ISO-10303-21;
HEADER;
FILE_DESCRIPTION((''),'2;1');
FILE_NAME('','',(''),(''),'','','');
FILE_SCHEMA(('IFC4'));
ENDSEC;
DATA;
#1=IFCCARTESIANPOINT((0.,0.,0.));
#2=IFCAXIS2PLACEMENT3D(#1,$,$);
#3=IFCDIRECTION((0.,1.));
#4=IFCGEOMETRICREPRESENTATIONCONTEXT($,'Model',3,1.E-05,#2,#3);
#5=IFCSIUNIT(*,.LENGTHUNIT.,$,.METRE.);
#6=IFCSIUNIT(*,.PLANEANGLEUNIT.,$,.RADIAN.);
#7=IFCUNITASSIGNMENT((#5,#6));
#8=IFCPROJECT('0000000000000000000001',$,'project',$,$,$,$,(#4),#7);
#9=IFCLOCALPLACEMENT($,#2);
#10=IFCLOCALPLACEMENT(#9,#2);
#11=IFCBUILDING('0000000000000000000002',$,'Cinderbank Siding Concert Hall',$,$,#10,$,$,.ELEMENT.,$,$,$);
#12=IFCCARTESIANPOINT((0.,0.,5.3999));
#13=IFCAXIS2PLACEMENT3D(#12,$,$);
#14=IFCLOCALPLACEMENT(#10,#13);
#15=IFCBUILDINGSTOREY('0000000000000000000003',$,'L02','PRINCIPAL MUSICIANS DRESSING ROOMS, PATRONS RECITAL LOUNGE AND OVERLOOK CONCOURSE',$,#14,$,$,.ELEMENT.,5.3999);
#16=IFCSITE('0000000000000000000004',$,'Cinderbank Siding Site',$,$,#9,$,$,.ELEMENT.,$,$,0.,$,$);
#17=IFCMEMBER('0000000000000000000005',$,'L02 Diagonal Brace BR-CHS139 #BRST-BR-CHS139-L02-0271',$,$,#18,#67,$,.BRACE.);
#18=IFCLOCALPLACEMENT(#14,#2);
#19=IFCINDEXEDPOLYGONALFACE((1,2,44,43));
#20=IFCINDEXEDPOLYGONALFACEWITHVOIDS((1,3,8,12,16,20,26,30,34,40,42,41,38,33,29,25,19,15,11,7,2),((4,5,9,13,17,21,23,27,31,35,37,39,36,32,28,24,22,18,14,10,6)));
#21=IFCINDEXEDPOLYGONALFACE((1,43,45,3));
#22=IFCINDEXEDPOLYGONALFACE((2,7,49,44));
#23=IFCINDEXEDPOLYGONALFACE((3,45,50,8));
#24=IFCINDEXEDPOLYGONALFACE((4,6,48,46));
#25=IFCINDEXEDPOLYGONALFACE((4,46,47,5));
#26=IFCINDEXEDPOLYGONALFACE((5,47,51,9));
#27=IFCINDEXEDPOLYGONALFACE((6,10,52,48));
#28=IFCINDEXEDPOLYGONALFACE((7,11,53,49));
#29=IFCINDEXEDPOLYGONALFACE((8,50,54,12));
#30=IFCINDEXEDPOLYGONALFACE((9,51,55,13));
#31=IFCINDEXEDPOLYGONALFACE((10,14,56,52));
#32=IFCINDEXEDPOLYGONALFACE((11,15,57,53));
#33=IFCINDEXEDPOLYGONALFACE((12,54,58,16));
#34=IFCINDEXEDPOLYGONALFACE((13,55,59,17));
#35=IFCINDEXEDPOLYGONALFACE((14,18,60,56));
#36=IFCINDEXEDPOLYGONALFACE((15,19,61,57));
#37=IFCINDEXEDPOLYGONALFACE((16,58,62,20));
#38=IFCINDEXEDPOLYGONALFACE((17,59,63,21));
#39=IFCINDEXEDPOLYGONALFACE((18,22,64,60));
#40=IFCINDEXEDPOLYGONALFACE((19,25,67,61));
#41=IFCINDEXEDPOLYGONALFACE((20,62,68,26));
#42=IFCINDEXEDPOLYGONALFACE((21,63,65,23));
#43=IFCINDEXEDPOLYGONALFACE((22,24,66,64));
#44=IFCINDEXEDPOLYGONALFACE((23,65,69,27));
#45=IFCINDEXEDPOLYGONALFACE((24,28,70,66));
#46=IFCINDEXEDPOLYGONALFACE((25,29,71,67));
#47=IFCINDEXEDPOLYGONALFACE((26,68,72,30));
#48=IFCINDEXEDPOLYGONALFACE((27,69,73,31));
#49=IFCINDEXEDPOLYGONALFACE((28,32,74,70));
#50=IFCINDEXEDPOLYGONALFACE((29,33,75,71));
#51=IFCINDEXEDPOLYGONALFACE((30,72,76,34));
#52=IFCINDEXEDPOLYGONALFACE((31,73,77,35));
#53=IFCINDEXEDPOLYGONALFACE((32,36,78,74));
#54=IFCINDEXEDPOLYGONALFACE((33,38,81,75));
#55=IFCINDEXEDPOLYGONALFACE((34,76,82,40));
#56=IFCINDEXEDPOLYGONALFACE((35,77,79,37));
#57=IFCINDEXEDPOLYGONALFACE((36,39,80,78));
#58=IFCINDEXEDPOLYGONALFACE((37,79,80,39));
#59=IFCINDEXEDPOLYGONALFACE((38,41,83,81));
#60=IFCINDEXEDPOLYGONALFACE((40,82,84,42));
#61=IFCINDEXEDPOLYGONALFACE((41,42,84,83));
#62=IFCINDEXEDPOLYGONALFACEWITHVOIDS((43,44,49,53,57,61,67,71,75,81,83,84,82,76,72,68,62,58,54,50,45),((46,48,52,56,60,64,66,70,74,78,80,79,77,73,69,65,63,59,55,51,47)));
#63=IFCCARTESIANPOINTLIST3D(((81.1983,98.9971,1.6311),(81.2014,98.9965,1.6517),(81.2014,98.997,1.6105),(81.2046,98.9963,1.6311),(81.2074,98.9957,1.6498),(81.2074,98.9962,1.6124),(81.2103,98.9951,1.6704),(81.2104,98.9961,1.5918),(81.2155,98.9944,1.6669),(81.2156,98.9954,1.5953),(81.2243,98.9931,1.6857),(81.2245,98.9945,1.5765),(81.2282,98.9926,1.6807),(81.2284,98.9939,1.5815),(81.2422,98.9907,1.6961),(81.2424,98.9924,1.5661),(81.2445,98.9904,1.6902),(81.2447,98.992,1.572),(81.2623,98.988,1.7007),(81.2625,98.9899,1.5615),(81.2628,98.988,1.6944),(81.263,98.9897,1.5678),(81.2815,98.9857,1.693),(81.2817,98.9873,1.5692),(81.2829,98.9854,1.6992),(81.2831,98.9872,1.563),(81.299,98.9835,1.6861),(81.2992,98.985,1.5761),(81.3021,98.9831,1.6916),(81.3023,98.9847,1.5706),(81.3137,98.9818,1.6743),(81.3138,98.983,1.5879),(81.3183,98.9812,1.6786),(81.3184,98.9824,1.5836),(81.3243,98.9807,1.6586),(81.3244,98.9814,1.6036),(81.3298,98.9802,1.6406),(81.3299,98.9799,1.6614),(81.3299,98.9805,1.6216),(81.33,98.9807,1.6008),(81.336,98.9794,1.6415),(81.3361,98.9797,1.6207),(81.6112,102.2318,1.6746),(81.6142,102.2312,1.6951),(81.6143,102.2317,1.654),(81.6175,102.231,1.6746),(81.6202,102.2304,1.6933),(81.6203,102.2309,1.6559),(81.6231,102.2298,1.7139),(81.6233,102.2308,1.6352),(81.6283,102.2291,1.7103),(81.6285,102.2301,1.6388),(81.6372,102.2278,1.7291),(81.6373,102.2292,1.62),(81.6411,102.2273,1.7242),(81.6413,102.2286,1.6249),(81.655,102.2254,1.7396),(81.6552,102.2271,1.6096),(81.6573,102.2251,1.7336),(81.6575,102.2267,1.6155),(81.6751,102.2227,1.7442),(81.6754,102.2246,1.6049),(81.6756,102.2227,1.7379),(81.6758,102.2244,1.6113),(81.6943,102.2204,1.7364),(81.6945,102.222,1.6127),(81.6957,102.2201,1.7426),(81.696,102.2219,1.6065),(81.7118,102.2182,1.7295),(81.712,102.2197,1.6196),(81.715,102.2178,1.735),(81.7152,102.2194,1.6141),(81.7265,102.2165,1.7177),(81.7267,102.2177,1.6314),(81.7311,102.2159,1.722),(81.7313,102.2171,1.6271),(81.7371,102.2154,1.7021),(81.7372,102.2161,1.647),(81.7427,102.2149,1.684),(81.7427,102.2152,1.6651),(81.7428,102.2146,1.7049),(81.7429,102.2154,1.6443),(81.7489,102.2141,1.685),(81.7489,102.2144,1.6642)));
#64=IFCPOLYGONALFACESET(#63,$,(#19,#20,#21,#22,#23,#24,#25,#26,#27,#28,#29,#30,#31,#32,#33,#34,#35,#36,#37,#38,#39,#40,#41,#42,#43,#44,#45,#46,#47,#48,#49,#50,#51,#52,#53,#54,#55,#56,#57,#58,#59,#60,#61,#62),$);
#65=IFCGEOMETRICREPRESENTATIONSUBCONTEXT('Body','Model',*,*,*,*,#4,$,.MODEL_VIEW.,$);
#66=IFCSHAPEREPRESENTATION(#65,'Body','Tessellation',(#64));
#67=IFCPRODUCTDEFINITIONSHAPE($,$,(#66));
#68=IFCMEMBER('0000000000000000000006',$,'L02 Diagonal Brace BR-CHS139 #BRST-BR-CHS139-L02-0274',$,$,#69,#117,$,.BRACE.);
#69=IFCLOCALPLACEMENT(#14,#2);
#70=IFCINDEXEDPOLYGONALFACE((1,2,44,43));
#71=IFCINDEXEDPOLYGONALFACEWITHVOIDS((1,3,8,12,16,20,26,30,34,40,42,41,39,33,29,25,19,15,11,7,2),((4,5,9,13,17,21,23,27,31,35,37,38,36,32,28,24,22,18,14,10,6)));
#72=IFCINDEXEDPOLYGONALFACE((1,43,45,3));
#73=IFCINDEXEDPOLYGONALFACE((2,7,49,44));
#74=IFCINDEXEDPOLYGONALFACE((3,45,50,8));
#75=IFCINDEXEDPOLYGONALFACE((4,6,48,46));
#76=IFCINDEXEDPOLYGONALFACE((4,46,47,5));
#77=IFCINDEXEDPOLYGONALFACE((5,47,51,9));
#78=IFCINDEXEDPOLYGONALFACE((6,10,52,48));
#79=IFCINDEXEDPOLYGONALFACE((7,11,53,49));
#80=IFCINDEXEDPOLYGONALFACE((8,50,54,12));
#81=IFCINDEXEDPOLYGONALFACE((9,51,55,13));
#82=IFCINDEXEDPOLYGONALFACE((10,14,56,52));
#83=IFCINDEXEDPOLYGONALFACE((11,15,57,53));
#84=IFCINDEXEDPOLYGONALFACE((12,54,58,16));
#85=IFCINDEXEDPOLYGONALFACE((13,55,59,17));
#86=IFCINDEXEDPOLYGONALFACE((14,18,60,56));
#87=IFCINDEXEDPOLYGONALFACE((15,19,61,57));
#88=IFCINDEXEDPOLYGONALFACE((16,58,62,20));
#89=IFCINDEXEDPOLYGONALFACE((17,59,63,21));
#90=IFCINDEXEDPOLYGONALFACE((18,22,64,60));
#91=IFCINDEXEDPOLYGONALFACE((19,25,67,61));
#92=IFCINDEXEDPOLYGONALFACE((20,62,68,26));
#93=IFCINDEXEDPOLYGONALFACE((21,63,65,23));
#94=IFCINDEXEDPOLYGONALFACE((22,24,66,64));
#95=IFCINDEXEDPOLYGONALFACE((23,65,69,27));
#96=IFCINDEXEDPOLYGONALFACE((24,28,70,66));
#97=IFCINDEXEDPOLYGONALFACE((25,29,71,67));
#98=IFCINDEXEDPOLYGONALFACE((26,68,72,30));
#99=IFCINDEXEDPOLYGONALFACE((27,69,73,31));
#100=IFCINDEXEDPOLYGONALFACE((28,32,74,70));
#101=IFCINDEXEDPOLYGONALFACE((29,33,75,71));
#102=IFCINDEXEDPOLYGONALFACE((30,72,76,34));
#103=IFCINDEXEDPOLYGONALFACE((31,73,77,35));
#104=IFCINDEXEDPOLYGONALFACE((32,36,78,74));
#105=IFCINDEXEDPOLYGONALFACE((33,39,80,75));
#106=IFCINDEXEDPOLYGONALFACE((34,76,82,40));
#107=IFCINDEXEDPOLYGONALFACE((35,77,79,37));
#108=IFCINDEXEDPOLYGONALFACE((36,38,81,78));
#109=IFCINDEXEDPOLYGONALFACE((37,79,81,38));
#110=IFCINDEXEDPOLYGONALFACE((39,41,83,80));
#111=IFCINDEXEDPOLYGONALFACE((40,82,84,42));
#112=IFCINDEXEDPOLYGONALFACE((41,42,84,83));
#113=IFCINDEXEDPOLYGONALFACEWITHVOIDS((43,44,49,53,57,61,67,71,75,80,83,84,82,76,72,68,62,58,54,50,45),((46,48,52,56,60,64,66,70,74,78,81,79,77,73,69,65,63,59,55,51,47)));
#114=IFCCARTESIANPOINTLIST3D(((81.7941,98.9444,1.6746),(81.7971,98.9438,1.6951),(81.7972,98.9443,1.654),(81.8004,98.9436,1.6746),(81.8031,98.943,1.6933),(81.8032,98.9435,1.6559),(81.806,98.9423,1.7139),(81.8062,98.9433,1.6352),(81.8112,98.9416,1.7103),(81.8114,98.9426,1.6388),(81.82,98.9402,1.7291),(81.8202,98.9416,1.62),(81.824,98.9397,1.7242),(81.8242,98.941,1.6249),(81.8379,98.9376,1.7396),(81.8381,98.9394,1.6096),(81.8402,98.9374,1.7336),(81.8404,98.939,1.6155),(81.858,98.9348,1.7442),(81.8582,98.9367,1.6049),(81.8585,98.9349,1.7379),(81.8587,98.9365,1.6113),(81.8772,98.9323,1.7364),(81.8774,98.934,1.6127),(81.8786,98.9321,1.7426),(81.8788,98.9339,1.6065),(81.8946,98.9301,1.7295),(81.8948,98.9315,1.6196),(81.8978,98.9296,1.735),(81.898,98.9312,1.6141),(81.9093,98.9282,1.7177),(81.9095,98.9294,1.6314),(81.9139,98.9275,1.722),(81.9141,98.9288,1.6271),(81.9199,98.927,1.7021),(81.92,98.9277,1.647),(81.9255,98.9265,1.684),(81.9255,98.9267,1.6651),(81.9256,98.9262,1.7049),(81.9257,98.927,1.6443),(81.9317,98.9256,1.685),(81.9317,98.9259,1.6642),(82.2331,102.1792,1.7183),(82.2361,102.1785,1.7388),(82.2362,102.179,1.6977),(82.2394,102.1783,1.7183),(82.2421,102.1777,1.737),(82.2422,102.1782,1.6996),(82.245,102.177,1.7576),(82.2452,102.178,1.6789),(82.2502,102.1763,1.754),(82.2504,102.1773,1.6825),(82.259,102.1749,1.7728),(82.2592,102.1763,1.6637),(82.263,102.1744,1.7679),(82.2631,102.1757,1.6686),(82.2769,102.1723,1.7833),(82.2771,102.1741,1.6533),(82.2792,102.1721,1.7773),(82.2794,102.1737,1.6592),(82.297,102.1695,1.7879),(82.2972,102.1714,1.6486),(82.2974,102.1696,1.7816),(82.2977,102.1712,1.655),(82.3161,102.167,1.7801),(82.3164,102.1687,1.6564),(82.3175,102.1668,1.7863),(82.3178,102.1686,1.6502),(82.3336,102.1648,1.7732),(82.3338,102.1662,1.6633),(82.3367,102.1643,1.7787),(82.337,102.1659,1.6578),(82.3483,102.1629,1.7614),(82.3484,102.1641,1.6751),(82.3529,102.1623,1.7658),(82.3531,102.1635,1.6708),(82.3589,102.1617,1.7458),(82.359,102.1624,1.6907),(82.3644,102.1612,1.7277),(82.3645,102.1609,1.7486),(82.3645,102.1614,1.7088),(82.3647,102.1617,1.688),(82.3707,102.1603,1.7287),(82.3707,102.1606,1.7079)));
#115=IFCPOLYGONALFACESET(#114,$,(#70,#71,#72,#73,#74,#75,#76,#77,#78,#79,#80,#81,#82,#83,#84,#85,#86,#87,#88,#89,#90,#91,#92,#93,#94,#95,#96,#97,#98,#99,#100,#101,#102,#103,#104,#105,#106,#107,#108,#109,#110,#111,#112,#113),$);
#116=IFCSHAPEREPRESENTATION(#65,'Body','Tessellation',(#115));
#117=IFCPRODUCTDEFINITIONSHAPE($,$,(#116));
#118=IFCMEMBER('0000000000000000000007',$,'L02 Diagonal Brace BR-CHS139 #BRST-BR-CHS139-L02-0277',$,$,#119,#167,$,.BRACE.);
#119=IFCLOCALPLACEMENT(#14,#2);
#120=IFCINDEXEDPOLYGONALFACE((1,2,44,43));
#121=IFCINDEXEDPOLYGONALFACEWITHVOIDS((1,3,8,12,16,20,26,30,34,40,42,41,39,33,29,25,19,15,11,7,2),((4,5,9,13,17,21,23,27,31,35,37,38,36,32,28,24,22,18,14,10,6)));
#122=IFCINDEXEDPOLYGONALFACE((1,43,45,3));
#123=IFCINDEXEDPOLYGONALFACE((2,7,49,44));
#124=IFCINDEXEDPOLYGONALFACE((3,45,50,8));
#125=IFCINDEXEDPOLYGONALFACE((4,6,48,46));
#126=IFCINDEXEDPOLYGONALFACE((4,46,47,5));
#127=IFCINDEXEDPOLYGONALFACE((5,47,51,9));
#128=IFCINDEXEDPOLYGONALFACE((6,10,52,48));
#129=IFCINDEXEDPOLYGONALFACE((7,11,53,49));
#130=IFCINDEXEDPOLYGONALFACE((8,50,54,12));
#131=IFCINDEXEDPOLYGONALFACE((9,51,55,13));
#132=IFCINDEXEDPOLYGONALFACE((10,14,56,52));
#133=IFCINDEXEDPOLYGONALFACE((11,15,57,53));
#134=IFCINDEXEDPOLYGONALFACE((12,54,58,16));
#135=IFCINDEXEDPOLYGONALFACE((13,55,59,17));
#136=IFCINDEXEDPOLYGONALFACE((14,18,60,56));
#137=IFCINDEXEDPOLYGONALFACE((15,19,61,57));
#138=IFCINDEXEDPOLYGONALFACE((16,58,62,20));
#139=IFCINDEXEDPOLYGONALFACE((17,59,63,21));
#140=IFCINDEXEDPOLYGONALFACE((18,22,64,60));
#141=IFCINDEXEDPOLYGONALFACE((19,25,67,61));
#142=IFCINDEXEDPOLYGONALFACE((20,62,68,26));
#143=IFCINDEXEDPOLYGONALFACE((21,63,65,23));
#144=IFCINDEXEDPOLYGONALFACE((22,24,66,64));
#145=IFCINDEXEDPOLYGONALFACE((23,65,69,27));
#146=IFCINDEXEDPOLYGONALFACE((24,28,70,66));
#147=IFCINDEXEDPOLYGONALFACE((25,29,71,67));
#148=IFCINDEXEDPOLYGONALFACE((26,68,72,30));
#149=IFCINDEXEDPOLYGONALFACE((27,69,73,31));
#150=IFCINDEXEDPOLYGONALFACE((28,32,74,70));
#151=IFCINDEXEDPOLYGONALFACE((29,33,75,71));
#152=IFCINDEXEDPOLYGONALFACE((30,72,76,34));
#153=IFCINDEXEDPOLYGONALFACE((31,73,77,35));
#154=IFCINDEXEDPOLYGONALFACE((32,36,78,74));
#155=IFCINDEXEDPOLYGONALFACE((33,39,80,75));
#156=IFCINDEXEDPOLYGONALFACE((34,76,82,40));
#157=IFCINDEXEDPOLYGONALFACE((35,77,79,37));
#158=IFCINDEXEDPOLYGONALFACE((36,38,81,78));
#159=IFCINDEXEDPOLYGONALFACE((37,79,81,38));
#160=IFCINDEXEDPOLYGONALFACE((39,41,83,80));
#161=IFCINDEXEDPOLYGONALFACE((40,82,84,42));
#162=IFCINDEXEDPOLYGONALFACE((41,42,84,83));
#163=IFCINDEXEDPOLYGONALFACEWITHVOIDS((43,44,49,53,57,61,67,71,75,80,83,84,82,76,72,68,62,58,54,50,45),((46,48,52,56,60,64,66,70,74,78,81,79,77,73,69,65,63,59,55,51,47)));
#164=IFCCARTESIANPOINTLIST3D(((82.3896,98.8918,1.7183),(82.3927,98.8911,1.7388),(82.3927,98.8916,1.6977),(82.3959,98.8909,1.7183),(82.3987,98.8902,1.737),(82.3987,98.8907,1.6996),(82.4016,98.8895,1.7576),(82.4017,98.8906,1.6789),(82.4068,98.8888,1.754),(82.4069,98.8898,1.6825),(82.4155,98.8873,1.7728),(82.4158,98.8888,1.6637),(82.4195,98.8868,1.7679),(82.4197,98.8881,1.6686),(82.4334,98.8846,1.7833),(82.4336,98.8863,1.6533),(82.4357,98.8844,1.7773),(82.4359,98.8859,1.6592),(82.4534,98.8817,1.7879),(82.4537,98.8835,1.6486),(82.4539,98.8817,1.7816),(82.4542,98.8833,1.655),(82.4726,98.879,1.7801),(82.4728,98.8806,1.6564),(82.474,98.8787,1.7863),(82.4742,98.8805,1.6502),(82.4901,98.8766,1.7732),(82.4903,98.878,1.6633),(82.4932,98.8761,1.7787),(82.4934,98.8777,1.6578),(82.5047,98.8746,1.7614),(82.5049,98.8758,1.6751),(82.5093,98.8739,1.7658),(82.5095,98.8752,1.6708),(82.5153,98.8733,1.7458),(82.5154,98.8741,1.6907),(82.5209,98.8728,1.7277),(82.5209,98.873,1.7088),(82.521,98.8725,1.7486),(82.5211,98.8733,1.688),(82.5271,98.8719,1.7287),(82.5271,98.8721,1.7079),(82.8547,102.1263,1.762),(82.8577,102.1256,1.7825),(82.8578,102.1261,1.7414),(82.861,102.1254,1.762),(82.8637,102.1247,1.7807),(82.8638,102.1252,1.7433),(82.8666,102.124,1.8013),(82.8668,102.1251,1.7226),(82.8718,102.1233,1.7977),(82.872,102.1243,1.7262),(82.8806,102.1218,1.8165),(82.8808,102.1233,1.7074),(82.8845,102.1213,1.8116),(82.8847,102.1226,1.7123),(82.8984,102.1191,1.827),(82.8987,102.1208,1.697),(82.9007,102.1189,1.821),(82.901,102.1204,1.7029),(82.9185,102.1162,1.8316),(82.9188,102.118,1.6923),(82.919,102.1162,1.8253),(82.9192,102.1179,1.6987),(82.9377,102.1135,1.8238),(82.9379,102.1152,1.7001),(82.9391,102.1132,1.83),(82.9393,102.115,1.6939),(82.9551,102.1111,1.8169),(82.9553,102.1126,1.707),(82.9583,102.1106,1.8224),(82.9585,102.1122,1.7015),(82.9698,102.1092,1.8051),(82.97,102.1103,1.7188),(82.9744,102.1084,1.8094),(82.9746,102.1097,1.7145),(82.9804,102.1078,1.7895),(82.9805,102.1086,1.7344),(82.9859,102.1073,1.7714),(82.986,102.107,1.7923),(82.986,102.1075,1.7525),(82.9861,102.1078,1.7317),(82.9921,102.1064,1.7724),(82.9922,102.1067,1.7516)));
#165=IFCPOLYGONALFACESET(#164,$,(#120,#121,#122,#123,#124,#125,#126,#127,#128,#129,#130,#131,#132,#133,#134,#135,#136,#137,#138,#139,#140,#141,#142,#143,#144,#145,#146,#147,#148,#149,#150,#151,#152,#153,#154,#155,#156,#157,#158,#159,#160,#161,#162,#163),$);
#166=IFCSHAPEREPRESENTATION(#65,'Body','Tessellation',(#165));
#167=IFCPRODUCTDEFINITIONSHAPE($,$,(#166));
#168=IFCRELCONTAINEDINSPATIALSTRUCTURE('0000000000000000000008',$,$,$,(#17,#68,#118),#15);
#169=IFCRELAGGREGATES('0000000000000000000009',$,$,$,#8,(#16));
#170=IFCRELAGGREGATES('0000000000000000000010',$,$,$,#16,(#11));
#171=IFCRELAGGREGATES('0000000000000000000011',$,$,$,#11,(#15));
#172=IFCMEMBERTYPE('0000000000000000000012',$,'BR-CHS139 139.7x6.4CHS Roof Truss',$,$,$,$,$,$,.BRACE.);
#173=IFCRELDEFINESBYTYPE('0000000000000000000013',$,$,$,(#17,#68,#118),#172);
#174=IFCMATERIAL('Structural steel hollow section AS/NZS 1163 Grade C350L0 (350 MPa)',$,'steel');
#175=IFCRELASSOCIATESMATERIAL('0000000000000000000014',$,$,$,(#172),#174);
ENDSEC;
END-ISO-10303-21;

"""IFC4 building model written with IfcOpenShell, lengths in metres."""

from ifc_helpers import new_model, si_unit, direction, frame, origin, origin_2d, place, context, subcontext, project, spatial, hollow_circle, extrude, material, material_profile, profile_set, type_object, element, save


model = new_model("IFC4")

# Units and contexts
model_context = context("Model", 3, precision=1e-05, world=origin(), true_north=direction((0.0, 1.0)))
body_context = subcontext(model_context, "Body", "Model", "MODEL_VIEW")
ifc_project = project(units=[si_unit("LENGTHUNIT", "METRE"), si_unit("PLANEANGLEUNIT", "RADIAN")], contexts=[model_context])

# Site, building, storey
site_placement = place(None, origin())
site = spatial("IfcSite", under=ifc_project, at=site_placement, Name="Cinderbank Siding Site", CompositionType="ELEMENT", RefElevation=0.0)
building_placement = place(site_placement, origin())
building = spatial("IfcBuilding", under=site, at=building_placement, Name="Cinderbank Siding Concert Hall", CompositionType="ELEMENT")
storey_placement = place(building_placement, frame((0.0, 0.0, 5.3999)))
storey = spatial("IfcBuildingStorey", under=building, at=storey_placement, Name="L02", Description="PRINCIPAL MUSICIANS DRESSING ROOMS, PATRONS RECITAL LOUNGE AND OVERLOOK CONCOURSE", CompositionType="ELEMENT", Elevation=5.3999)

# Members
ifc_material_1 = material(Name="Structural steel hollow section AS/NZS 1163 Grade C350L0 (350 MPa)", Category="steel")
ifc_material_profile_1 = material_profile(ifc_material_1, hollow_circle(Radius=0.0698, WallThickness=0.0063, at=origin_2d()), Name="139.7x6.4CHS", Category="LoadBearing")
ifc_profile_set_1 = profile_set([ifc_material_profile_1], Name="Structural steel hollow section AS/NZS 1163 Grade C350L0 (350 MPa)")
member_type_1 = type_object("IfcMemberType", Name="BR-CHS139 139.7x6.4CHS Roof Truss", PredefinedType="BRACE", material=ifc_profile_set_1)
member_1_placement = place(storey_placement, frame((81.2676, 98.9883, 1.6311), z_axis=(0.126594, 0.991865, 0.013326), x_axis=(-0.991953, 0.126605, 0.0)))
element("IfcMember", 1, at=member_1_placement, inside=storey, type_object=member_type_1, Name="L02 Diagonal Brace BR-CHS139 #BRST-BR-CHS139-L02-0271", PredefinedType="BRACE", context=body_context, shape_type="SweptSolid", body=[
    extrude(hollow_circle(Radius=0.0698, WallThickness=0.0063, at=origin_2d()), origin(), (0.0, 0.0, 1.0), 3.2612),
])
member_2_placement = place(storey_placement, frame((81.8633, 98.9351, 1.6746), z_axis=(0.134464, 0.990828, 0.013387), x_axis=(-0.990917, 0.134476, 0.0)))
element("IfcMember", 2, at=member_2_placement, inside=storey, type_object=member_type_1, Name="L02 Diagonal Brace BR-CHS139 #BRST-BR-CHS139-L02-0274", PredefinedType="BRACE", context=body_context, shape_type="SweptSolid", body=[
    extrude(hollow_circle(Radius=0.0698, WallThickness=0.0063, at=origin_2d()), origin(), (0.0, 0.0, 1.0), 3.2646),
])
member_3_placement = place(storey_placement, frame((82.4587, 98.8818, 1.7183), z_axis=(0.142308, 0.989732, 0.013372), x_axis=(-0.989821, 0.142321, 0.0)))
element("IfcMember", 3, at=member_3_placement, inside=storey, type_object=member_type_1, Name="L02 Diagonal Brace BR-CHS139 #BRST-BR-CHS139-L02-0277", PredefinedType="BRACE", context=body_context, shape_type="SweptSolid", body=[
    extrude(hollow_circle(Radius=0.0698, WallThickness=0.0063, at=origin_2d()), origin(), (0.0, 0.0, 1.0), 3.2681),
])

save(model, "model.ifc")
